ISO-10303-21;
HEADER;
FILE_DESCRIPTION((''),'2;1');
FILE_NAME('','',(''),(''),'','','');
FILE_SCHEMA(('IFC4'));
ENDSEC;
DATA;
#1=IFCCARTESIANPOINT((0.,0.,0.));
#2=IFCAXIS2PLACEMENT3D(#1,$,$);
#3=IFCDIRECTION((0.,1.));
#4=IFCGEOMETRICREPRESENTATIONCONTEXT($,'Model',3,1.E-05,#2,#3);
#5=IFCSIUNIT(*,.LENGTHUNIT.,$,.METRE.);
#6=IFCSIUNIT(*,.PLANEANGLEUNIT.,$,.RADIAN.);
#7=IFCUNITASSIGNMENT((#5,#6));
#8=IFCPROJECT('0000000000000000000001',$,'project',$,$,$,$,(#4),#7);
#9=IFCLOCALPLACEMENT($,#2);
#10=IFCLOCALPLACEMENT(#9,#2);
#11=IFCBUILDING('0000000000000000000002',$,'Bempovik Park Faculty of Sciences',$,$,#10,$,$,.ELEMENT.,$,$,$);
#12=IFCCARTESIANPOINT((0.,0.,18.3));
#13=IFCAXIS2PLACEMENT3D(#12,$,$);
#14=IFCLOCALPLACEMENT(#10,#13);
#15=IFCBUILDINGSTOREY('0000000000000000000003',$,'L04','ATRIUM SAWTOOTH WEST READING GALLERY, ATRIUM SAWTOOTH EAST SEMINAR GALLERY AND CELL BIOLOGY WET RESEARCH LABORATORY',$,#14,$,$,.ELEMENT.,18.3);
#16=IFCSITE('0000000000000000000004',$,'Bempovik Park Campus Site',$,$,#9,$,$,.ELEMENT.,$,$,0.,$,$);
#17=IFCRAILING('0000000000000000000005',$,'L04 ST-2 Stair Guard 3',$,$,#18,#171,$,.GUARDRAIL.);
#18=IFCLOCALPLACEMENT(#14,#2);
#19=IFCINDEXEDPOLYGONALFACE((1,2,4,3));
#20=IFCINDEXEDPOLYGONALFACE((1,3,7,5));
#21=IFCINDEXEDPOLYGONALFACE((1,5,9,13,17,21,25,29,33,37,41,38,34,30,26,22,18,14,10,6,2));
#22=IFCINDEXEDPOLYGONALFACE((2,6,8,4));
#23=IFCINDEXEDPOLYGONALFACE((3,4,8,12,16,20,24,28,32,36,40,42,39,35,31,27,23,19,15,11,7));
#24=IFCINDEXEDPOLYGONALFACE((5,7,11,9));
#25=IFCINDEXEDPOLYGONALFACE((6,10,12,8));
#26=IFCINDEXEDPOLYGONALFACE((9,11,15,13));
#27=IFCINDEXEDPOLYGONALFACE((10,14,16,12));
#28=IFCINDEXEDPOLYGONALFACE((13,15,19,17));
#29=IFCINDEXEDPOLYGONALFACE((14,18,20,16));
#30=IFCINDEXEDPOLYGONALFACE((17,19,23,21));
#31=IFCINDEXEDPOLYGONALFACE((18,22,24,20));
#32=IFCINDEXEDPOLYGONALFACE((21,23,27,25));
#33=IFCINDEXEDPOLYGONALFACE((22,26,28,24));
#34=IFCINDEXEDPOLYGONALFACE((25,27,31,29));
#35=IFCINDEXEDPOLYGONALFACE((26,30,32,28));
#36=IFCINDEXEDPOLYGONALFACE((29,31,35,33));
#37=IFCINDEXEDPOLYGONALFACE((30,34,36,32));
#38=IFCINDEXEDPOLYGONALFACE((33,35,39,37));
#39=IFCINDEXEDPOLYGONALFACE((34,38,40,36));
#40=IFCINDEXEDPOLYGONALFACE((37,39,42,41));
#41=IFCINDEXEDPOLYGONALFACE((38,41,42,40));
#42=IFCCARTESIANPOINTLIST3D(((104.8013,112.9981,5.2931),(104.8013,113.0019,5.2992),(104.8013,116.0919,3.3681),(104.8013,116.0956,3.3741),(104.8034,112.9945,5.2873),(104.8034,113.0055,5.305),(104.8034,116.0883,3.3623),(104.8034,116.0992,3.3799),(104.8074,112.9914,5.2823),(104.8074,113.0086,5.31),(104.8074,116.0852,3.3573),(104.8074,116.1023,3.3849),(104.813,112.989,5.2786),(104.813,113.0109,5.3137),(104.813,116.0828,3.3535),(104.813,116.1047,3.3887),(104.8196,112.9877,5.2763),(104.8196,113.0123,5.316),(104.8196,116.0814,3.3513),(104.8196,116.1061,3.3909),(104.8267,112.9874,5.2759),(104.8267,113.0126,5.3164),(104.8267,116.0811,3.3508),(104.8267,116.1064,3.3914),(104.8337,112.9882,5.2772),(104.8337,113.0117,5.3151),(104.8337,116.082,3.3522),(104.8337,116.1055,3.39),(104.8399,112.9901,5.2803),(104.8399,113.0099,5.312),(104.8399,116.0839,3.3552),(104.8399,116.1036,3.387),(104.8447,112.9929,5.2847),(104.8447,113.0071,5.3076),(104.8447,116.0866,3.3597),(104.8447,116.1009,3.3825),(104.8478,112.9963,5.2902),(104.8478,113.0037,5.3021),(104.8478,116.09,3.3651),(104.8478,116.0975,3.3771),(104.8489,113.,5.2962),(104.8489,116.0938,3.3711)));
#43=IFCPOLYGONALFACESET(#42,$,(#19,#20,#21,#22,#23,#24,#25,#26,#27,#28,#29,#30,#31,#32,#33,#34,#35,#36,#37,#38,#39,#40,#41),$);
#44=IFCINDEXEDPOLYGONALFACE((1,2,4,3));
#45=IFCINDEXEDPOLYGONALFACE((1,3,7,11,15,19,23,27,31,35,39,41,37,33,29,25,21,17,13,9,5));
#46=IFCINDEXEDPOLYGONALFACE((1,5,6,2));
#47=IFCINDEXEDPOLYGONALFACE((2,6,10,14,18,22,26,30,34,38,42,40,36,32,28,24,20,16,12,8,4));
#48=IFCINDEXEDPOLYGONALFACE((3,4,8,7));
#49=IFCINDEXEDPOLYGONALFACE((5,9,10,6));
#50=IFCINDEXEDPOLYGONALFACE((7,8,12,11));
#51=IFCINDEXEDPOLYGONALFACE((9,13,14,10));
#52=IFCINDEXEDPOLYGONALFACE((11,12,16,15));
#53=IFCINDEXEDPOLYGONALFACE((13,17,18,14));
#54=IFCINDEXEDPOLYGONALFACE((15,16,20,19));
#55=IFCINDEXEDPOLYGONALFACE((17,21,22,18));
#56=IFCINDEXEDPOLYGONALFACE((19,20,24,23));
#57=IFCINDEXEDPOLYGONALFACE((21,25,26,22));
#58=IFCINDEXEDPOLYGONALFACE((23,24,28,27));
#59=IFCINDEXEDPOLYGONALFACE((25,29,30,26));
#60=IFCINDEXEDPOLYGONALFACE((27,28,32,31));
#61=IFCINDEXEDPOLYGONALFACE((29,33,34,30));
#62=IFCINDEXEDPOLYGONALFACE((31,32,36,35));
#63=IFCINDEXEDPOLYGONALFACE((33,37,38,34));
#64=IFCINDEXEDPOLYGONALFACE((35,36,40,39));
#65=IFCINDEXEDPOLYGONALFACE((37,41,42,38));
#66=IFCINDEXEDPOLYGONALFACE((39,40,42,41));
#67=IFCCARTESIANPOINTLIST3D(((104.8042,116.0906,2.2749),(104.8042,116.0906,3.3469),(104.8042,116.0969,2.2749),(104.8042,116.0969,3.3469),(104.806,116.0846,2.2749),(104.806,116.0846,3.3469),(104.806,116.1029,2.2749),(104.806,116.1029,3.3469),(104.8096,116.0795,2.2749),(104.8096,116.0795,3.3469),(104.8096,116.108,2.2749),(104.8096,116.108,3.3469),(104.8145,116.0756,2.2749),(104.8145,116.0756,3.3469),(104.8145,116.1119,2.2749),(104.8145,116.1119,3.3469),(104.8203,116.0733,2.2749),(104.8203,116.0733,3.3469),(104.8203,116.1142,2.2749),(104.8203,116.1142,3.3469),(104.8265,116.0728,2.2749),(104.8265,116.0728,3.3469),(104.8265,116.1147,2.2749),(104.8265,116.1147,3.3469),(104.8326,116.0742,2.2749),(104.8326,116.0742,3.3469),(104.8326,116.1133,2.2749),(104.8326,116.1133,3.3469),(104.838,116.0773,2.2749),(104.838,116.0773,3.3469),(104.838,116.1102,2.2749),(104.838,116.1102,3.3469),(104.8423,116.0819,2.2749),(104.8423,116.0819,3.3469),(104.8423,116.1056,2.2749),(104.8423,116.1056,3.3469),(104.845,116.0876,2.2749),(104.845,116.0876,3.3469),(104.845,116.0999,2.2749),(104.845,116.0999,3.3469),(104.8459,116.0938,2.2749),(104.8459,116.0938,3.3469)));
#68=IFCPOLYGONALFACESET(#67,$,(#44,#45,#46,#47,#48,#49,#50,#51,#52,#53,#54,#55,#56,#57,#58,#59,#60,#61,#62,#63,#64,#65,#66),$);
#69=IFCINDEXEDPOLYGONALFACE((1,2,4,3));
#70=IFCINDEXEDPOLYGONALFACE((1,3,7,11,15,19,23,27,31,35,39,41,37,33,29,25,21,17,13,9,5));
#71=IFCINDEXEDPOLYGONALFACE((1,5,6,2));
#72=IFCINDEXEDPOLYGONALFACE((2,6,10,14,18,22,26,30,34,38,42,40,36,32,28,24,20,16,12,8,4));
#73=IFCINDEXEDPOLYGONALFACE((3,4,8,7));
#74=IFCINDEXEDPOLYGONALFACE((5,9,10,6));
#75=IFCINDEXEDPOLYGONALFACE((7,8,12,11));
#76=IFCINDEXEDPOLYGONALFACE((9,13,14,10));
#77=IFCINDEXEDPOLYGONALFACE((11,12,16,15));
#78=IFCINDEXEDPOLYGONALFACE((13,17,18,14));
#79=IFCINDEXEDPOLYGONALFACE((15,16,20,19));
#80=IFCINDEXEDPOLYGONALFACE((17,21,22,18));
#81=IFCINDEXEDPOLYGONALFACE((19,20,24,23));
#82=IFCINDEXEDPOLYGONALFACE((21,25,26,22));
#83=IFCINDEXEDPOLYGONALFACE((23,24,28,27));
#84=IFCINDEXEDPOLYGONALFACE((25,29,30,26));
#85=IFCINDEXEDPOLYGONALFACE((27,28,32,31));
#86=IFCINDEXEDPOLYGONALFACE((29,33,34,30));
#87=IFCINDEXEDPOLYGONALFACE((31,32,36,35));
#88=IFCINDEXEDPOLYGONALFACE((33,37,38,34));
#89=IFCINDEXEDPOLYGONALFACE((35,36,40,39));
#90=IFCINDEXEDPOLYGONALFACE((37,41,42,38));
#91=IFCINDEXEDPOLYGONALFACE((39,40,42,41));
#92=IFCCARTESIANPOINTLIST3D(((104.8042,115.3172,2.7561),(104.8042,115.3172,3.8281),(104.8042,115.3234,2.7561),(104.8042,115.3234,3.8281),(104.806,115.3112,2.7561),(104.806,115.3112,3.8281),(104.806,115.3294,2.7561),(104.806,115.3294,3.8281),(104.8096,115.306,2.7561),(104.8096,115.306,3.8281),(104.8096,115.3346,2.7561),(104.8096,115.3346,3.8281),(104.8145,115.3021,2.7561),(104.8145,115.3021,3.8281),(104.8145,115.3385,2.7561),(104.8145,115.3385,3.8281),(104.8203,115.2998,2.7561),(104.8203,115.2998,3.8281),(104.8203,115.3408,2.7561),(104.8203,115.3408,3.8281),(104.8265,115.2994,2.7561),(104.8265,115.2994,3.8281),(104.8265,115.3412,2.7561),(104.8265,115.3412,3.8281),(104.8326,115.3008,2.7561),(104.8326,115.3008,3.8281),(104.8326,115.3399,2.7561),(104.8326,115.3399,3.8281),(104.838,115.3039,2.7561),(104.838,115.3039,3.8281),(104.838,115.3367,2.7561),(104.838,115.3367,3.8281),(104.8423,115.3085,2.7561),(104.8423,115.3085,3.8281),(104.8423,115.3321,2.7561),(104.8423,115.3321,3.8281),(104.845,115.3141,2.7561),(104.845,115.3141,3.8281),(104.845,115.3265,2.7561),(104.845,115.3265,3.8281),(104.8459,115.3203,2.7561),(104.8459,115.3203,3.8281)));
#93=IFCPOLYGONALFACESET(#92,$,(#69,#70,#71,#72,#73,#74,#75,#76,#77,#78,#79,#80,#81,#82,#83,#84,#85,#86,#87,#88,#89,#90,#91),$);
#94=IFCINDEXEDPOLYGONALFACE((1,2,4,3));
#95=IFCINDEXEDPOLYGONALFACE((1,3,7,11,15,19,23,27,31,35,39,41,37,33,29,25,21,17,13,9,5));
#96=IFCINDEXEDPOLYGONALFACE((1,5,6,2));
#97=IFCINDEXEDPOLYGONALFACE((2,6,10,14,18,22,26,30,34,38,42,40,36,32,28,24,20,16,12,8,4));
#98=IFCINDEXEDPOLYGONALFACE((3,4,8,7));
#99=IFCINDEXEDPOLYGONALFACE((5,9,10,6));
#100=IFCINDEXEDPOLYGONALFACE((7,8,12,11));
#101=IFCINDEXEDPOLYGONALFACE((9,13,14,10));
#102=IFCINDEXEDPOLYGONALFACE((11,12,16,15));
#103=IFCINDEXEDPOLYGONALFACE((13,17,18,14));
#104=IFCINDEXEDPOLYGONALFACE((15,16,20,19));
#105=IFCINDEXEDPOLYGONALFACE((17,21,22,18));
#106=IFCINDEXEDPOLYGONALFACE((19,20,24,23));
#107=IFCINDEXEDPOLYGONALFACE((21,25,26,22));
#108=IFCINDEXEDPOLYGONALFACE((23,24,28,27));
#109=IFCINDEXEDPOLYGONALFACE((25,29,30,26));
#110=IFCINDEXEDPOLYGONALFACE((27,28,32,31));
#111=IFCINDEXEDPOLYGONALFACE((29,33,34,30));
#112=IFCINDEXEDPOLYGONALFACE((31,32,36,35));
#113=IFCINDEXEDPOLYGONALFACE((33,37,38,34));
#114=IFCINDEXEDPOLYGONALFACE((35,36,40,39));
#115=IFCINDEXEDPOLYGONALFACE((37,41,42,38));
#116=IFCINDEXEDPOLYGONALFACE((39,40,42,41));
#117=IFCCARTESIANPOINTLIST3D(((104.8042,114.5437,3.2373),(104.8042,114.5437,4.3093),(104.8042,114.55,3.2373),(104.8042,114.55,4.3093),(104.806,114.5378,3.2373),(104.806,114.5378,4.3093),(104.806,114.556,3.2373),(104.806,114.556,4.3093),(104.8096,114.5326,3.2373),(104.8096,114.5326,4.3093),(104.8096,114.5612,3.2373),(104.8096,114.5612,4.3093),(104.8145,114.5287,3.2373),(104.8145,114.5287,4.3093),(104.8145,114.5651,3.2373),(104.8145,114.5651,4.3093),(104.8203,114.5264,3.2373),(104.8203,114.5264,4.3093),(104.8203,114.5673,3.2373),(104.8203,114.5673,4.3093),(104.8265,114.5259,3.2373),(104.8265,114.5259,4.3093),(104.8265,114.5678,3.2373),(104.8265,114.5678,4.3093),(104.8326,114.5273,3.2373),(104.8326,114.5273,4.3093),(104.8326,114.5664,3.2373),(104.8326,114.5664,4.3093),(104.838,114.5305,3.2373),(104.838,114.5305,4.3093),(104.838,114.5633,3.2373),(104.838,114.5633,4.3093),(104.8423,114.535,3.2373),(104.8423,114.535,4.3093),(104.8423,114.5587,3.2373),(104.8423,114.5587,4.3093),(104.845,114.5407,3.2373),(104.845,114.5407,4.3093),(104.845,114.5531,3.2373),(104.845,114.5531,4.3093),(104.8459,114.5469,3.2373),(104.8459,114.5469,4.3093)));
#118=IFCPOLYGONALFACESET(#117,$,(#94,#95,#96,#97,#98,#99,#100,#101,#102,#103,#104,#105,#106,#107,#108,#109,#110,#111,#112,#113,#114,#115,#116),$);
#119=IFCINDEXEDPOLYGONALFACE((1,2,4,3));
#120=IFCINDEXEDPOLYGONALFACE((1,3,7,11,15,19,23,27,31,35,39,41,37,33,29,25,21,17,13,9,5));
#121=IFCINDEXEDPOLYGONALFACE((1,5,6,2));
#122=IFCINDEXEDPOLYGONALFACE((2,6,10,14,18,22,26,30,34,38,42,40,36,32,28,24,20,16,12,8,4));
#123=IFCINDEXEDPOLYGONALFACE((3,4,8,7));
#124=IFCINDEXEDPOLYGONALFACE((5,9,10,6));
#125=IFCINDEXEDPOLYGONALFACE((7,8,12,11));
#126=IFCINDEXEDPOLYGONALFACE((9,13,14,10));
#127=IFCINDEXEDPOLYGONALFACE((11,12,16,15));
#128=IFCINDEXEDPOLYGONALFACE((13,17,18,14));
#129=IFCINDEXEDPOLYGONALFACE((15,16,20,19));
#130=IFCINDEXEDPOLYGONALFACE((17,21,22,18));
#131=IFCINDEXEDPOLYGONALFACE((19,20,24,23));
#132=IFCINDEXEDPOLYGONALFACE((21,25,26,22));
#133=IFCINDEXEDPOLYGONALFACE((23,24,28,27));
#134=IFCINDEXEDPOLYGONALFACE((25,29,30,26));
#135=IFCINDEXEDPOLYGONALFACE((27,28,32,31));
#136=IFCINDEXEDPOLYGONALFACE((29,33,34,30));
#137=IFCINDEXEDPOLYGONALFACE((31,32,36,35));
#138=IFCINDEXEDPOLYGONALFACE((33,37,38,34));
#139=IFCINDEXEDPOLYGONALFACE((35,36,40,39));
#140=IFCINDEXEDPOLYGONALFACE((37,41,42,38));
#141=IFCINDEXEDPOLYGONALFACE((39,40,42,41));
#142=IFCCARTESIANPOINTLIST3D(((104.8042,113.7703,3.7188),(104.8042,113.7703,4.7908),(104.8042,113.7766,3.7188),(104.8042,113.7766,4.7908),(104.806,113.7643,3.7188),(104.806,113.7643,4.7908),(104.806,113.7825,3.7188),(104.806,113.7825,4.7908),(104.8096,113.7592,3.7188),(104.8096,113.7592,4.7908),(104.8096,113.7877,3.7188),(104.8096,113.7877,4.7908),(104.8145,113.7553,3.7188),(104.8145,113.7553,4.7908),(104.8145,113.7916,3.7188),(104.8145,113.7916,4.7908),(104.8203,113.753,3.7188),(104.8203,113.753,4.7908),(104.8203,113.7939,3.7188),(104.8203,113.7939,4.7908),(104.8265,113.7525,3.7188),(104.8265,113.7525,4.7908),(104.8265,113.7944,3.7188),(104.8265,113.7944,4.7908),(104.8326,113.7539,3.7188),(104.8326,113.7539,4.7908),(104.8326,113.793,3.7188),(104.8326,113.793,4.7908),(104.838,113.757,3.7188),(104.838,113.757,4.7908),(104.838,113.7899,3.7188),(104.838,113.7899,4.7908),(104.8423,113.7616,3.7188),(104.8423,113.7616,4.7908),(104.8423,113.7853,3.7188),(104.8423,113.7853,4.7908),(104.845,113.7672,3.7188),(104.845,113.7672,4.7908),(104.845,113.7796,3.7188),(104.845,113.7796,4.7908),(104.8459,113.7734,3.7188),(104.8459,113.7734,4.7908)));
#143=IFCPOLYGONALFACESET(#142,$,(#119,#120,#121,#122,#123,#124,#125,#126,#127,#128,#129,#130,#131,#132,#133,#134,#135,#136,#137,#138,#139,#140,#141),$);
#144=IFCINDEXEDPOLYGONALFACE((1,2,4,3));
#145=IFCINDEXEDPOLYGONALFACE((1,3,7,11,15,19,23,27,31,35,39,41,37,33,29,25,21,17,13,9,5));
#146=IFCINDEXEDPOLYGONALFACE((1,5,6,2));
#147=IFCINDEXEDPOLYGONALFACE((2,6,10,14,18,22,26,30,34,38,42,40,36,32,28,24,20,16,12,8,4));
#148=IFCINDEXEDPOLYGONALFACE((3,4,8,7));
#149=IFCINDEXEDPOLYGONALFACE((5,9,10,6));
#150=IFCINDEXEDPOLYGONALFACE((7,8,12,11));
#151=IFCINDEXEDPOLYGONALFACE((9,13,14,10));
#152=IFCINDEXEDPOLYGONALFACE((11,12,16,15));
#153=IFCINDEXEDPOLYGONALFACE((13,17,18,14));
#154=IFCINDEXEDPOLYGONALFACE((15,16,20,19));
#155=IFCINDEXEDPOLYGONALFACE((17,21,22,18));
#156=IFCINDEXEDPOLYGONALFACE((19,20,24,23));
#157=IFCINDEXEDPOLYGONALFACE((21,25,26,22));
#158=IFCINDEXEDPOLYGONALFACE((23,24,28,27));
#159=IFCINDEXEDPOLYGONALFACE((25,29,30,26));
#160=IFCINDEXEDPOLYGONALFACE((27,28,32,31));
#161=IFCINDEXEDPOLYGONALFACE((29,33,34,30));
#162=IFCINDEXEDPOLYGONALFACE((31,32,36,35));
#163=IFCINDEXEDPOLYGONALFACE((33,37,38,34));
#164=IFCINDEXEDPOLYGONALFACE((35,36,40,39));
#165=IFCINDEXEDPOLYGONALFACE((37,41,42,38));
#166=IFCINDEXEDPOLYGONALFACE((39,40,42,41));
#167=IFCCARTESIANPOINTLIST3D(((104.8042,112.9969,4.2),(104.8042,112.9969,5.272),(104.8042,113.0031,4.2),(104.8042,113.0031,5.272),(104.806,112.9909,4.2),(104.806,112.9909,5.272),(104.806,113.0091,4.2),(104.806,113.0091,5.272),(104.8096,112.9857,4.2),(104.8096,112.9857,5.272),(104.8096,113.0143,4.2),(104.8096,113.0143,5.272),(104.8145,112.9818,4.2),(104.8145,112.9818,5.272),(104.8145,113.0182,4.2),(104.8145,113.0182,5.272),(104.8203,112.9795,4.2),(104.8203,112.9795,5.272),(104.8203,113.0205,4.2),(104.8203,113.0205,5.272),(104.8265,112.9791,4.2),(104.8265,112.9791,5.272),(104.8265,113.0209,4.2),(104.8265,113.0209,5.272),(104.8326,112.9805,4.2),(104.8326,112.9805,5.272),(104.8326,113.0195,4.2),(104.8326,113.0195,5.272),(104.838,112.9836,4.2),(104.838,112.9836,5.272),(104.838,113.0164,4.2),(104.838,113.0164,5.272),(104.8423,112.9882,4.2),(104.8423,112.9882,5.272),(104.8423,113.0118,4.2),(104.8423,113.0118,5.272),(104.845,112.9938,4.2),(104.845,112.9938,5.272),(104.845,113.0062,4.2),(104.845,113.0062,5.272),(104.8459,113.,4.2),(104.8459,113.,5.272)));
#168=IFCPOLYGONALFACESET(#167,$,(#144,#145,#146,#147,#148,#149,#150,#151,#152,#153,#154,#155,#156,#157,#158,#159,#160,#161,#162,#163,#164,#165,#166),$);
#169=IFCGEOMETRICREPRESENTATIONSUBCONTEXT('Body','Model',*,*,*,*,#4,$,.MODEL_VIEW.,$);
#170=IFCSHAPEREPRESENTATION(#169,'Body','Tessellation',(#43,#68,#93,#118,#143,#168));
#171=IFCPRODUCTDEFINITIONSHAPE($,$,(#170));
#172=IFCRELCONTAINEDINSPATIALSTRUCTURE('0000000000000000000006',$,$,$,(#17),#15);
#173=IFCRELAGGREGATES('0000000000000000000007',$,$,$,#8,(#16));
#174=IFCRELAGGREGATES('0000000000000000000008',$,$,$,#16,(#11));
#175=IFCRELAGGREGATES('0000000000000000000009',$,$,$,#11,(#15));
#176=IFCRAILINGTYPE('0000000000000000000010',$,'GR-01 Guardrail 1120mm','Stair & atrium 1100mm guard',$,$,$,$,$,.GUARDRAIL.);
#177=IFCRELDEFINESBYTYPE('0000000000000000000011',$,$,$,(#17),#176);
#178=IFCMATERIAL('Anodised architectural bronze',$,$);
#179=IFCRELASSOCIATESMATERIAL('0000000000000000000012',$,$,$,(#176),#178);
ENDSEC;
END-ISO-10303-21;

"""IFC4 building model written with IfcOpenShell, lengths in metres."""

from ifc_helpers import new_model, si_unit, direction, frame, origin, origin_2d, place, context, subcontext, project, spatial, circle, extrude, material, type_object, element, save


model = new_model("IFC4")

# Units and contexts
model_context = context("Model", 3, precision=1e-05, world=origin(), true_north=direction((0.0, 1.0)))
body_context = subcontext(model_context, "Body", "Model", "MODEL_VIEW")
ifc_project = project(units=[si_unit("LENGTHUNIT", "METRE"), si_unit("PLANEANGLEUNIT", "RADIAN")], contexts=[model_context])

# Site, building, storey
site_placement = place(None, origin())
site = spatial("IfcSite", under=ifc_project, at=site_placement, Name="Bempovik Park Campus Site", CompositionType="ELEMENT", RefElevation=0.0)
building_placement = place(site_placement, origin())
building = spatial("IfcBuilding", under=site, at=building_placement, Name="Bempovik Park Faculty of Sciences", CompositionType="ELEMENT")
storey_placement = place(building_placement, frame((0.0, 0.0, 18.3)))
storey = spatial("IfcBuildingStorey", under=building, at=storey_placement, Name="L04", Description="ATRIUM SAWTOOTH WEST READING GALLERY, ATRIUM SAWTOOTH EAST SEMINAR GALLERY AND CELL BIOLOGY WET RESEARCH LABORATORY", CompositionType="ELEMENT", Elevation=18.3)

# Railing
ifc_material_1 = material(Name="Anodised architectural bronze")
railing_type_1 = type_object("IfcRailingType", Name="GR-01 Guardrail 1120mm", Description="Stair & atrium 1100mm guard", PredefinedType="GUARDRAIL", material=ifc_material_1)
railing_1_placement = place(storey_placement, frame((104.825, 116.0938, 2.2749)))
element("IfcRailing", 1, at=railing_1_placement, inside=storey, type_object=railing_type_1, Name="L04 ST-2 Stair Guard 3", PredefinedType="GUARDRAIL", context=body_context, shape_type="SweptSolid", body=[
    extrude(circle(Radius=0.0239, at=origin_2d()), frame((0.0, 0.0, 1.0962), z_axis=(0.0, -0.849051, 0.528312), x_axis=(1.0, 0.0, 0.0)), (0.0, 0.0, 1.0), 3.6438),
    extrude(circle(Radius=0.021, at=origin_2d()), origin(), (0.0, 0.0, 1.0), 1.072),
    extrude(circle(Radius=0.021, at=origin_2d()), frame((0.0, -0.7734, 0.4812)), (0.0, 0.0, 1.0), 1.072),
    extrude(circle(Radius=0.021, at=origin_2d()), frame((0.0, -1.5469, 0.9624)), (0.0, 0.0, 1.0), 1.072),
    extrude(circle(Radius=0.021, at=origin_2d()), frame((0.0, -2.3203, 1.4438)), (0.0, 0.0, 1.0), 1.072),
    extrude(circle(Radius=0.021, at=origin_2d()), frame((0.0, -3.0938, 1.925)), (0.0, 0.0, 1.0), 1.072),
])

save(model, "model.ifc")
